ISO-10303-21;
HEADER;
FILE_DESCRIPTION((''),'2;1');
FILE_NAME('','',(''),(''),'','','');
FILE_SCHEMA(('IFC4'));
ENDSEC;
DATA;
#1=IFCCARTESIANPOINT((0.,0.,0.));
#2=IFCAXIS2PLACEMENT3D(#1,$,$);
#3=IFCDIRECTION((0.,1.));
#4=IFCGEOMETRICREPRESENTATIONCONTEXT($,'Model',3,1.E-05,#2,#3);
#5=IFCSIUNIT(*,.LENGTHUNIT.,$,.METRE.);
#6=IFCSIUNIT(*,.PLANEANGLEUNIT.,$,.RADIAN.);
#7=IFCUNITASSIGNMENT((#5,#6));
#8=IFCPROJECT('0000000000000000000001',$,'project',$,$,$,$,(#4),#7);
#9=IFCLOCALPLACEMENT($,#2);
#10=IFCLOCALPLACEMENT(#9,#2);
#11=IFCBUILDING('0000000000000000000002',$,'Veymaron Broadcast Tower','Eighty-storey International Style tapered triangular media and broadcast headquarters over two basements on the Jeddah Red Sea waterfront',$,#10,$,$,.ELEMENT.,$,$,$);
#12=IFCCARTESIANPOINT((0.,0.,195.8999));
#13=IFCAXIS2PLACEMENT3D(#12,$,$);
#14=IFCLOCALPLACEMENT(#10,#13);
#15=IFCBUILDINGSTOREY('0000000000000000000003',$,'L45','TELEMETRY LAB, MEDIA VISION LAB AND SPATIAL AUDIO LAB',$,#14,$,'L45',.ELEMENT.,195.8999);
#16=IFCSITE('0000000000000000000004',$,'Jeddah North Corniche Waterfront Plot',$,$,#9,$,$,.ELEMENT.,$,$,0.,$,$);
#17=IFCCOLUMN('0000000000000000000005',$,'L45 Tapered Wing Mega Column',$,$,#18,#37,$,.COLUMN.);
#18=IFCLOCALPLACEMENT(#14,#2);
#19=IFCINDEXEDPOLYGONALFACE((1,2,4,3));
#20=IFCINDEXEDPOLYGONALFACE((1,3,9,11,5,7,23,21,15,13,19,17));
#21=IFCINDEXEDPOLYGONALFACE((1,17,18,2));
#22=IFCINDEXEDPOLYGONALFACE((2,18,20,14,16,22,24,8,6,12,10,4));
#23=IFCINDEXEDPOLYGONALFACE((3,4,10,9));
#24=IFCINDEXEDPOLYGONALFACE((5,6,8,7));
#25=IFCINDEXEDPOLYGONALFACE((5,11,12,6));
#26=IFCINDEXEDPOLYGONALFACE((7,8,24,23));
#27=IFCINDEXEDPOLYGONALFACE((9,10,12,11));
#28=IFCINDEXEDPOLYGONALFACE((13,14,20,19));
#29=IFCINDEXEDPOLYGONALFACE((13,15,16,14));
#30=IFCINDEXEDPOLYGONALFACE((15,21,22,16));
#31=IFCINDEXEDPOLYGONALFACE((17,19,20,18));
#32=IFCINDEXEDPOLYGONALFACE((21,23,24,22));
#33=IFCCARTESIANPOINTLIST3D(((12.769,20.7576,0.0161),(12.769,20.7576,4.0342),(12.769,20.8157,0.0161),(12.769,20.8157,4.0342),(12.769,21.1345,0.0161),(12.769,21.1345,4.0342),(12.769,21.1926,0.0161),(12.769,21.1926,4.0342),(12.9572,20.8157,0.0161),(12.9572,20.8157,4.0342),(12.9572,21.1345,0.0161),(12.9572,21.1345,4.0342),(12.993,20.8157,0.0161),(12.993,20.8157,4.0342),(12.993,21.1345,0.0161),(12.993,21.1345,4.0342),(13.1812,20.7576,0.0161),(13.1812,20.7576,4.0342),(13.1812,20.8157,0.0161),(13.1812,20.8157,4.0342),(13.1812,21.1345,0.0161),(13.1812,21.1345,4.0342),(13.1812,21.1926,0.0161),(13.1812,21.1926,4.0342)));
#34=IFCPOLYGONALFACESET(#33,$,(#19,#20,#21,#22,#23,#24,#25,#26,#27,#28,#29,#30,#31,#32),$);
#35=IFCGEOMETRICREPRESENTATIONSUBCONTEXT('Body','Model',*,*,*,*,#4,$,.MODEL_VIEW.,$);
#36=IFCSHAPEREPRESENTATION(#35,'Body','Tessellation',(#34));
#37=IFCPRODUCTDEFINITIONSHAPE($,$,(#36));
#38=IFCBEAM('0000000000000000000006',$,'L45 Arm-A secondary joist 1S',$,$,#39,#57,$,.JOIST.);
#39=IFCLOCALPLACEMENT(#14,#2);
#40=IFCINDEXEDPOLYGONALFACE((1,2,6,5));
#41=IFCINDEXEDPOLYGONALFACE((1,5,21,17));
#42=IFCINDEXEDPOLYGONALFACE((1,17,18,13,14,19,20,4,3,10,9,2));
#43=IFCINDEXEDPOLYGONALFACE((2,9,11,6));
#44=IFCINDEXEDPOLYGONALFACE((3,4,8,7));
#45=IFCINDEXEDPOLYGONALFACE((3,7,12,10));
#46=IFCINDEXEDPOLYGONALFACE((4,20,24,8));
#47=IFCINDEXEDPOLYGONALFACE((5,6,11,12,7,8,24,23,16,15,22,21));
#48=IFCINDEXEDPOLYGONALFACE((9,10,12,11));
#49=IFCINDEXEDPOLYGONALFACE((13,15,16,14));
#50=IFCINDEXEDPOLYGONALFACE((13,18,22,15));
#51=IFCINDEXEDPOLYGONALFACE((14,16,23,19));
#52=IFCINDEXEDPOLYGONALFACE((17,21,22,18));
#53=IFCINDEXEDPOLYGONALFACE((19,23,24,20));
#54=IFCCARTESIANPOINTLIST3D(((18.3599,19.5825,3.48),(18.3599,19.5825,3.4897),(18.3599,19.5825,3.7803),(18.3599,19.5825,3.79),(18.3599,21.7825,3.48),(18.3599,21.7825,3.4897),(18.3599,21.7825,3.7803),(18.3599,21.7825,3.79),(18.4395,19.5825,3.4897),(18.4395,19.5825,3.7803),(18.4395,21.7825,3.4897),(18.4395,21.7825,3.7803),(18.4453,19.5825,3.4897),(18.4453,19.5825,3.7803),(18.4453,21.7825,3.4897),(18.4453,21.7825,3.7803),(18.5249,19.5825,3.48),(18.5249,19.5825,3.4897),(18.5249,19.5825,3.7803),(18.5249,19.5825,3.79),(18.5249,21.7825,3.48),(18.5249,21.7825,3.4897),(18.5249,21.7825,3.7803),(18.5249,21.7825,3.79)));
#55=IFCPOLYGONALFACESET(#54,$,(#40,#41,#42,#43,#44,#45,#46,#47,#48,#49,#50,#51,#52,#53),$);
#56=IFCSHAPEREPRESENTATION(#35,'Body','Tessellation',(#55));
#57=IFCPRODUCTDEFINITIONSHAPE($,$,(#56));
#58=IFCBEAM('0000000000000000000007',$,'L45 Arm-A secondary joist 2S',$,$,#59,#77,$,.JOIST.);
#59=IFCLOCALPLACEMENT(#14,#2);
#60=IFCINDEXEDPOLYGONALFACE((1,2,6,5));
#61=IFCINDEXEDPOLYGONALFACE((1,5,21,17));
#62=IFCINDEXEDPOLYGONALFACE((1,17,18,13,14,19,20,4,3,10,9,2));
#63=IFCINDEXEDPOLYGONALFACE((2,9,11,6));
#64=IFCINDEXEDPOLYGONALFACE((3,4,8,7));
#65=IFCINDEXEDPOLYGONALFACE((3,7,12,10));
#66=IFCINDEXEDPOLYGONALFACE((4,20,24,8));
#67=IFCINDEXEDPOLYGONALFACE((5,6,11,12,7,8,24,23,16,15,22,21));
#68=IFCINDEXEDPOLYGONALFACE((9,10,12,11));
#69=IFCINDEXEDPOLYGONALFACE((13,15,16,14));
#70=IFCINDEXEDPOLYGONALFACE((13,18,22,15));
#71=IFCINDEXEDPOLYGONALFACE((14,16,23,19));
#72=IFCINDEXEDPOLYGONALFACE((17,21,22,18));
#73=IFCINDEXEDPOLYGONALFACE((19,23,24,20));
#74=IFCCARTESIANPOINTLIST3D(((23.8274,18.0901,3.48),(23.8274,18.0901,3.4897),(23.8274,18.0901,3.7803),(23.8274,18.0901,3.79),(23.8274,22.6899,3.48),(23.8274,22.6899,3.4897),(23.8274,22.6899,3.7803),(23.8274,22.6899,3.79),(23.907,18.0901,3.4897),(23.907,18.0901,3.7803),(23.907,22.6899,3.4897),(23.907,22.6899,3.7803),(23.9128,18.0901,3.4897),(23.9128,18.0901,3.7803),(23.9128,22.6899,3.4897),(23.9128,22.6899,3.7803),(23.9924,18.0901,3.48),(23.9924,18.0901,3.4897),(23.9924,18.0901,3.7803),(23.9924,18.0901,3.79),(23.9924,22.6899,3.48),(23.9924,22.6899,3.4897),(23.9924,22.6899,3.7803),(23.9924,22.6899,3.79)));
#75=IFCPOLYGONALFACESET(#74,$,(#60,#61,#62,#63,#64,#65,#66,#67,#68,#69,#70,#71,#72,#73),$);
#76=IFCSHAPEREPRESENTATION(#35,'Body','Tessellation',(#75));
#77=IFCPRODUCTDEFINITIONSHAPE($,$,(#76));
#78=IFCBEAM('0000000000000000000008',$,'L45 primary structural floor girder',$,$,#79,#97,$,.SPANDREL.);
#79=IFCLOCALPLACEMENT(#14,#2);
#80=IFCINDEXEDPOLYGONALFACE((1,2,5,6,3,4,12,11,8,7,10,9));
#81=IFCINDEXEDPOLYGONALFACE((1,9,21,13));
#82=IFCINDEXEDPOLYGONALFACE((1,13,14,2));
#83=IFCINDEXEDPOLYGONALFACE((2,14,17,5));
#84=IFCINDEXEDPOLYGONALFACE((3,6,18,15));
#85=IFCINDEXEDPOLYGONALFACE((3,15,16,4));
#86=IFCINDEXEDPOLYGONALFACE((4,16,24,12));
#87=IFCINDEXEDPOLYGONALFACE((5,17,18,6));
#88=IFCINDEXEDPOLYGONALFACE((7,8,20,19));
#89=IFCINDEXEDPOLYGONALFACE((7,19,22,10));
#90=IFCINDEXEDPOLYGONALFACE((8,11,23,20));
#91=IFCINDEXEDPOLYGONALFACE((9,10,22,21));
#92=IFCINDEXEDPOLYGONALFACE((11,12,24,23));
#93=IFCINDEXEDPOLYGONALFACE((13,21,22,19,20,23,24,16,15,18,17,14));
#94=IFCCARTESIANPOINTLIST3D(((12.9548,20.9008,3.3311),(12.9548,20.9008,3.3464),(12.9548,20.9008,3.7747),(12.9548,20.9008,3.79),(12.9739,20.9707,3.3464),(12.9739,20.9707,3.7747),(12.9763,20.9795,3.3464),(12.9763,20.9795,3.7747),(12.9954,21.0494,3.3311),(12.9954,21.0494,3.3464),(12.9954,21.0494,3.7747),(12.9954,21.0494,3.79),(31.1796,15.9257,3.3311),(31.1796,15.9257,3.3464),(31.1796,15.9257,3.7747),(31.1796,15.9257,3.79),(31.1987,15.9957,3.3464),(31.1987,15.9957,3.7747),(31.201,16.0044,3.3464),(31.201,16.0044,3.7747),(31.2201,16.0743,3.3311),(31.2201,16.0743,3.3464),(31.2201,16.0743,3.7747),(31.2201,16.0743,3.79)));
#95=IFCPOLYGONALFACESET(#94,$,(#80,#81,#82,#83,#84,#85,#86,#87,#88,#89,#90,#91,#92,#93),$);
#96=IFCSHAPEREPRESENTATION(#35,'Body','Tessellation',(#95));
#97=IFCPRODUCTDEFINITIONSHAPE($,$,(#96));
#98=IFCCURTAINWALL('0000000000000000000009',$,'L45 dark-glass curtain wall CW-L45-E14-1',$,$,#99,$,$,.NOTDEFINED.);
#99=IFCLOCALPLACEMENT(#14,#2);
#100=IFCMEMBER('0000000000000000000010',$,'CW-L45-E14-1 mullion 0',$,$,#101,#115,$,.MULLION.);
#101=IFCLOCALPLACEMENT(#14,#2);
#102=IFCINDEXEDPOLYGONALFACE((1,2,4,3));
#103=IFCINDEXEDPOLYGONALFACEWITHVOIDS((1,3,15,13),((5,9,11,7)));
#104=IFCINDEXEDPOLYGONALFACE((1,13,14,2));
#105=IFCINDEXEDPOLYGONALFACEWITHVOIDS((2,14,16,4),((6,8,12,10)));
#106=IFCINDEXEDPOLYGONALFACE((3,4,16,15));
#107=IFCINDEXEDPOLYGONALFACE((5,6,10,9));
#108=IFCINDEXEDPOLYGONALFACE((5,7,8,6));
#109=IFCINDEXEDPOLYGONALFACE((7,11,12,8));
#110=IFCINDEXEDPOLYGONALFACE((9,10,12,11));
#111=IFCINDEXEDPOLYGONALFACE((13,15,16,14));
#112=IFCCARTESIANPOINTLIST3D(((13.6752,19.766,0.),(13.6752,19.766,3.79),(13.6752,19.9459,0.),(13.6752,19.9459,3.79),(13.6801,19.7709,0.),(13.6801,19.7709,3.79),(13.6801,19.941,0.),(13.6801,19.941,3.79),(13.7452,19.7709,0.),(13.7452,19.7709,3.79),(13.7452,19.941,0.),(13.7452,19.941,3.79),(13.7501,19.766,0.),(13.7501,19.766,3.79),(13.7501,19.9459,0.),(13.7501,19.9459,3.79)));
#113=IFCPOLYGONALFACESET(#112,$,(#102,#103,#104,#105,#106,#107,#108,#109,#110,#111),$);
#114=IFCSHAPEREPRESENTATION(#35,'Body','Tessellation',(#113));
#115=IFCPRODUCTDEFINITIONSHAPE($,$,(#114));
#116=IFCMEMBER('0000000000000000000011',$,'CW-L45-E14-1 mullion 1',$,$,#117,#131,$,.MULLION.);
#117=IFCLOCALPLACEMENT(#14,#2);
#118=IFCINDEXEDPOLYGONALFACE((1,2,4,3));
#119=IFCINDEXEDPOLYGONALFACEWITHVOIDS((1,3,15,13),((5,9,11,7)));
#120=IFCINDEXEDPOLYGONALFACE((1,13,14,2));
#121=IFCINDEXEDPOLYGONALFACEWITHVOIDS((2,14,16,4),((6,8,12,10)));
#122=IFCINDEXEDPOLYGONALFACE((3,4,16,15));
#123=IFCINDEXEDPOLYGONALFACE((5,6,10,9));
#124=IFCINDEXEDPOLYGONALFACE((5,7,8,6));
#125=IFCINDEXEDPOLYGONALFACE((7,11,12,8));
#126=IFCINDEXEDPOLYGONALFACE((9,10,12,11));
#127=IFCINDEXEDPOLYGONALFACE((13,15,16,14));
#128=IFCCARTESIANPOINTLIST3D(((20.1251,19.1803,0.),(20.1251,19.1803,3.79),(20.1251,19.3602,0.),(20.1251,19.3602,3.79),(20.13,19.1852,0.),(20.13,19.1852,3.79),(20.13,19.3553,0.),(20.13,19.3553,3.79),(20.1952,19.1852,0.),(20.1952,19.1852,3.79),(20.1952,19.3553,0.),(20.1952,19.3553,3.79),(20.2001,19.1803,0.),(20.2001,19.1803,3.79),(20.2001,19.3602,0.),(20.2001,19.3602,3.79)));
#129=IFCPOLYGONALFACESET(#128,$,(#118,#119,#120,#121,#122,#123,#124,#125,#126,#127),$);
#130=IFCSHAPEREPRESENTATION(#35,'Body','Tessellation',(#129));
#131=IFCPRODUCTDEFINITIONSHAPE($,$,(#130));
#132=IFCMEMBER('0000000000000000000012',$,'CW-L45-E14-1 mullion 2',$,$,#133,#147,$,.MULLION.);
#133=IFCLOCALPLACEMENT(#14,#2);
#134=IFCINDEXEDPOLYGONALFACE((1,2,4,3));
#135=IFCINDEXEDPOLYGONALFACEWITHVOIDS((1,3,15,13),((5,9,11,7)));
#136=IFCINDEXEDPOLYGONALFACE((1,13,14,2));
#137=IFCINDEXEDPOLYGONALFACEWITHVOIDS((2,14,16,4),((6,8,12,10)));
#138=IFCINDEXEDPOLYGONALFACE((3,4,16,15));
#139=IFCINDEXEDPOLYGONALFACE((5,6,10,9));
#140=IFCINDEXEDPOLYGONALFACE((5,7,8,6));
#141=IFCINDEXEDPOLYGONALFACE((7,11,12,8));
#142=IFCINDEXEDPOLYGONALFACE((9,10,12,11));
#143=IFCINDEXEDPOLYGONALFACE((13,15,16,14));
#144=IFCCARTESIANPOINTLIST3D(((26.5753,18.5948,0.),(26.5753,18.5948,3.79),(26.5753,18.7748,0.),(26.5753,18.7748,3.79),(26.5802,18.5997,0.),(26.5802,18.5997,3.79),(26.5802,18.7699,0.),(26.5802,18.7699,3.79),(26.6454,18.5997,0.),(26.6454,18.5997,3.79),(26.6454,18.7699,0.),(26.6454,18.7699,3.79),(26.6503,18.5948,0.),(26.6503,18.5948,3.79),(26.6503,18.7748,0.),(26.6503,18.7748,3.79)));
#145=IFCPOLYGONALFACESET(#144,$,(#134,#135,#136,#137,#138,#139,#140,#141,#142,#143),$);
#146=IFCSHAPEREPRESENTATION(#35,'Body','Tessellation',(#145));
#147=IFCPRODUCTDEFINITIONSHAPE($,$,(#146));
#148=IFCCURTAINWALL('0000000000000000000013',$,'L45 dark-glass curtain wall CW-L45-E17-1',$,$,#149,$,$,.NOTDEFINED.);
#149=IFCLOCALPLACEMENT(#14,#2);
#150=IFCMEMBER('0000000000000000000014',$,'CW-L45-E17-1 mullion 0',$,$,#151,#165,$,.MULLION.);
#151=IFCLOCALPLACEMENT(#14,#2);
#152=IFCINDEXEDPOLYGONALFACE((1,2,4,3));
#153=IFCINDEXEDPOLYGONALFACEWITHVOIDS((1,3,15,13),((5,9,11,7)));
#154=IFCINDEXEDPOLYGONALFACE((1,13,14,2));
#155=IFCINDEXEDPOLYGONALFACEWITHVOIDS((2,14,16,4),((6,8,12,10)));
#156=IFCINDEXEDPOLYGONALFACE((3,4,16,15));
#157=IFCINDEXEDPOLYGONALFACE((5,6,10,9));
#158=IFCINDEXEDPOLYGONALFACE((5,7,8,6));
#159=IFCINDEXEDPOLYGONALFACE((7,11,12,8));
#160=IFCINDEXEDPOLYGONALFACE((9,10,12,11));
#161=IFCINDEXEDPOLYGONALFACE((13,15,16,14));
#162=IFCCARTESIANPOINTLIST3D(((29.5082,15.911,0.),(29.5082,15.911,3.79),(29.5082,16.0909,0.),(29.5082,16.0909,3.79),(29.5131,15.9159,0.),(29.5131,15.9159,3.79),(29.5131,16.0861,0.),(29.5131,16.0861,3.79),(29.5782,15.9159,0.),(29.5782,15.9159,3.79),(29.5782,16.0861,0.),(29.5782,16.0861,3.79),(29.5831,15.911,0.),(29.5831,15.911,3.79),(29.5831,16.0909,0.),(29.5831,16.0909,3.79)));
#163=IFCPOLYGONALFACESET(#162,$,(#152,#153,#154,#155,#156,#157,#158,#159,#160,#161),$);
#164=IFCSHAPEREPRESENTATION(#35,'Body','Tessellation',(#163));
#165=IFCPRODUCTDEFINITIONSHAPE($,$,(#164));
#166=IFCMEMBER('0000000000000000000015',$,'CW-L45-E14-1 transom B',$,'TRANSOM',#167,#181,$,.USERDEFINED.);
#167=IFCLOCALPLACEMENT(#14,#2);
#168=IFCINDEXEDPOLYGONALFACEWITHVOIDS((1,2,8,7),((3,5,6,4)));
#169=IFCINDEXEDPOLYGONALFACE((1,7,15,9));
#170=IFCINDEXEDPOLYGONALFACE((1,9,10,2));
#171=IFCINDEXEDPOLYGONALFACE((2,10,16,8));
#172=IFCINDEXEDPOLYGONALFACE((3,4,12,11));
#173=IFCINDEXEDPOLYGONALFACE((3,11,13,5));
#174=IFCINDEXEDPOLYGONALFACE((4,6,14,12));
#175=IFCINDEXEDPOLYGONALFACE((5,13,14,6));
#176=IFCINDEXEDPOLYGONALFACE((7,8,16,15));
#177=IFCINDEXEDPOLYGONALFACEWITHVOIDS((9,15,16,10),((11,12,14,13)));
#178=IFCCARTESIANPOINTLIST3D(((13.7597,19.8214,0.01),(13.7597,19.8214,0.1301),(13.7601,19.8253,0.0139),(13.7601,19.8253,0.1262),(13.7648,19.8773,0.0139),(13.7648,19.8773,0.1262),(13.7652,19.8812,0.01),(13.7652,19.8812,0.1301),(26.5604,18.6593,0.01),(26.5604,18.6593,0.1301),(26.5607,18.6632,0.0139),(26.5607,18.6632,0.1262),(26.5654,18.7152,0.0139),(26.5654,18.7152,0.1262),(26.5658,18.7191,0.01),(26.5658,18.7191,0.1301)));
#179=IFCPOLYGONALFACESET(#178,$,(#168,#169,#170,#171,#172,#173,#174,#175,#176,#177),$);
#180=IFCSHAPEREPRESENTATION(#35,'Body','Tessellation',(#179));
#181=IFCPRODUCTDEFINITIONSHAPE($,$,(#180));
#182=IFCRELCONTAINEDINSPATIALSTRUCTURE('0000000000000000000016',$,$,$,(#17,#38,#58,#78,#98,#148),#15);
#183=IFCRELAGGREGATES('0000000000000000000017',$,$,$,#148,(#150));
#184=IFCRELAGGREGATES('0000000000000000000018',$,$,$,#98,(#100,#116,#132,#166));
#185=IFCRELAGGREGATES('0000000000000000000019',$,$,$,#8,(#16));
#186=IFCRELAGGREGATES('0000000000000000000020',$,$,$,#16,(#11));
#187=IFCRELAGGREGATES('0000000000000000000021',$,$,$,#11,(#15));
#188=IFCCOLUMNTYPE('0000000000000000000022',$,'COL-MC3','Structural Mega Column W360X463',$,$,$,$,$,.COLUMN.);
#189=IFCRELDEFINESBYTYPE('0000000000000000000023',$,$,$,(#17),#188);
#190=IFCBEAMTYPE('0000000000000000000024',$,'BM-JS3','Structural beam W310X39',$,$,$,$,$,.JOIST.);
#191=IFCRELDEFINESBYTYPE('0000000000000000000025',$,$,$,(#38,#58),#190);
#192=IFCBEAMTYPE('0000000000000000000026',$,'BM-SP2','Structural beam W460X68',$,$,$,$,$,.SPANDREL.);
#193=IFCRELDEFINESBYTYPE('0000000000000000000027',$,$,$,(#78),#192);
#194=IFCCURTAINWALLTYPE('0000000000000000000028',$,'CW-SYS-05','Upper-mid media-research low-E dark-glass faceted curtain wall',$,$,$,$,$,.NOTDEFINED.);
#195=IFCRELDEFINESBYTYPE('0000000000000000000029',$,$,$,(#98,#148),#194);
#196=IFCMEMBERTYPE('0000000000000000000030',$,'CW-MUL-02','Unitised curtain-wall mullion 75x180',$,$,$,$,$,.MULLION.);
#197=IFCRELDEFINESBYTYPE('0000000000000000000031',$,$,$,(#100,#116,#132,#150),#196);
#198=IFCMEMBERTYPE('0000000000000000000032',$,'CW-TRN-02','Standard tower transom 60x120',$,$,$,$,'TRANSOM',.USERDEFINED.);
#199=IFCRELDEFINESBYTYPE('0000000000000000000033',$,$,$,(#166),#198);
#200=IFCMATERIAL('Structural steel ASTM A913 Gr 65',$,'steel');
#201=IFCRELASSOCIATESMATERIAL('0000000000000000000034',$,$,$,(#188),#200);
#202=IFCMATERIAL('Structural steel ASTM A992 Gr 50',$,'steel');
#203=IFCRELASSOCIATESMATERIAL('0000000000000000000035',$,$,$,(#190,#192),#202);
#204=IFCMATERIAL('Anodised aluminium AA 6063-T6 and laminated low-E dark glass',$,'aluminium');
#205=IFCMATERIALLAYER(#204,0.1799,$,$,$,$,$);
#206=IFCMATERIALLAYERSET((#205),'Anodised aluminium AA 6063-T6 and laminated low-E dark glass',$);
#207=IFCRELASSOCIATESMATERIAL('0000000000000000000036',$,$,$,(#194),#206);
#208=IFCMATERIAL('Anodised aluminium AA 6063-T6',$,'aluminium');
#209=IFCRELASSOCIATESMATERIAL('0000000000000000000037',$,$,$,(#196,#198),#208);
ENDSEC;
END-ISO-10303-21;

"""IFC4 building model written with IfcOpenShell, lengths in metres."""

from ifc_helpers import new_model, si_unit, direction, frame, origin, origin_2d, place, context, subcontext, project, spatial, hollow_rectangle, i_section, extrude, material, layer, layer_set, material_profile, profile_set, type_object, element, aggregate, save


model = new_model("IFC4")

# Units and contexts
model_context = context("Model", 3, precision=1e-05, world=origin(), true_north=direction((0.0, 1.0)))
body_context = subcontext(model_context, "Body", "Model", "MODEL_VIEW")
ifc_project = project(units=[si_unit("LENGTHUNIT", "METRE"), si_unit("PLANEANGLEUNIT", "RADIAN")], contexts=[model_context])

# Site, building, storey
site_placement = place(None, origin())
site = spatial("IfcSite", under=ifc_project, at=site_placement, Name="Jeddah North Corniche Waterfront Plot", CompositionType="ELEMENT", RefElevation=0.0)
building_placement = place(site_placement, origin())
building = spatial("IfcBuilding", under=site, at=building_placement, Name="Veymaron Broadcast Tower", Description="Eighty-storey International Style tapered triangular media and broadcast headquarters over two basements on the Jeddah Red Sea waterfront", CompositionType="ELEMENT")
storey_placement = place(building_placement, frame((0.0, 0.0, 195.8999)))
storey = spatial("IfcBuildingStorey", under=building, at=storey_placement, Name="L45", Description="TELEMETRY LAB, MEDIA VISION LAB AND SPATIAL AUDIO LAB", LongName="L45", CompositionType="ELEMENT", Elevation=195.8999)

# Column
ifc_material_1 = material(Name="Structural steel ASTM A913 Gr 65", Category="steel")
ifc_material_profile_1 = material_profile(ifc_material_1, i_section(OverallWidth=0.4121, OverallDepth=0.4351, WebThickness=0.0359, FlangeThickness=0.0581, at=origin_2d()), Name="W360X463")
ifc_profile_set_1 = profile_set([ifc_material_profile_1], Name="Structural steel ASTM A913 Gr 65")
column_type = type_object("IfcColumnType", Name="COL-MC3", Description="Structural Mega Column W360X463", PredefinedType="COLUMN", material=ifc_profile_set_1)
column_placement = place(storey_placement, frame((12.9751, 20.9751, 0.0161), z_axis=(0.0, 0.0, 1.0), x_axis=(1.0, 0.0, 0.0)))
element("IfcColumn", 1, at=column_placement, inside=storey, type_object=column_type, Name="L45 Tapered Wing Mega Column", PredefinedType="COLUMN", context=body_context, shape_type="SweptSolid", body=[
    extrude(i_section(OverallWidth=0.4121, OverallDepth=0.4351, WebThickness=0.0359, FlangeThickness=0.0581, at=origin_2d()), origin(), (0.0, 0.0, 1.0), 4.0181),
])

# Beams
ifc_material_2 = material(Name="Structural steel ASTM A992 Gr 50", Category="steel")
ifc_material_profile_2 = material_profile(ifc_material_2, i_section(OverallWidth=0.165, OverallDepth=0.3101, WebThickness=0.0059, FlangeThickness=0.0098, at=origin_2d()), Name="W310X39")
ifc_profile_set_2 = profile_set([ifc_material_profile_2], Name="Structural steel ASTM A992 Gr 50")
beam_type_1 = type_object("IfcBeamType", Name="BM-JS3", Description="Structural beam W310X39", PredefinedType="JOIST", material=ifc_profile_set_2)
beam_1_placement = place(storey_placement, frame((18.4424, 19.5825, 3.635), z_axis=(0.0, 1.0, 0.0), x_axis=(-1.0, 0.0, 0.0)))
element("IfcBeam", 2, at=beam_1_placement, inside=storey, type_object=beam_type_1, Name="L45 Arm-A secondary joist 1S", PredefinedType="JOIST", context=body_context, shape_type="SweptSolid", body=[
    extrude(i_section(OverallWidth=0.165, OverallDepth=0.3101, WebThickness=0.0059, FlangeThickness=0.0098, at=origin_2d()), origin(), (0.0, 0.0, 1.0), 2.2),
])
beam_2_placement = place(storey_placement, frame((23.9099, 18.0901, 3.635), z_axis=(0.0, 1.0, 0.0), x_axis=(-1.0, 0.0, 0.0)))
element("IfcBeam", 3, at=beam_2_placement, inside=storey, type_object=beam_type_1, Name="L45 Arm-A secondary joist 2S", PredefinedType="JOIST", context=body_context, shape_type="SweptSolid", body=[
    extrude(i_section(OverallWidth=0.165, OverallDepth=0.3101, WebThickness=0.0059, FlangeThickness=0.0098, at=origin_2d()), origin(), (0.0, 0.0, 1.0), 4.5999),
])
ifc_material_profile_3 = material_profile(ifc_material_2, i_section(OverallWidth=0.1541, OverallDepth=0.459, WebThickness=0.009, FlangeThickness=0.0154, at=origin_2d()), Name="W460X68")
ifc_profile_set_3 = profile_set([ifc_material_profile_3], Name="Structural steel ASTM A992 Gr 50")
beam_type_2 = type_object("IfcBeamType", Name="BM-SP2", Description="Structural beam W460X68", PredefinedType="SPANDREL", material=ifc_profile_set_3)
beam_3_placement = place(storey_placement, frame((12.9751, 20.9751, 3.5605), z_axis=(0.964701, -0.263348, 0.0), x_axis=(0.263348, 0.964701, 0.0)))
element("IfcBeam", 4, at=beam_3_placement, inside=storey, type_object=beam_type_2, Name="L45 primary structural floor girder", PredefinedType="SPANDREL", context=body_context, shape_type="SweptSolid", body=[
    extrude(i_section(OverallWidth=0.1541, OverallDepth=0.459, WebThickness=0.009, FlangeThickness=0.0154, at=origin_2d()), origin(), (0.0, 0.0, 1.0), 18.8916),
])

# Curtain wall, members
ifc_material_3 = material(Name="Anodised aluminium AA 6063-T6 and laminated low-E dark glass", Category="aluminium")
ifc_layer_1 = layer(ifc_material_3, 0.1799)
ifc_layer_set_1 = layer_set([ifc_layer_1], Name="Anodised aluminium AA 6063-T6 and laminated low-E dark glass")
curtain_wall_type = type_object("IfcCurtainWallType", Name="CW-SYS-05", Description="Upper-mid media-research low-E dark-glass faceted curtain wall", PredefinedType="NOTDEFINED", material=ifc_layer_set_1)
curtain_wall_1_placement = place(storey_placement, origin())
curtain_wall_1 = element("IfcCurtainWall", 5, at=curtain_wall_1_placement, inside=storey, type_object=curtain_wall_type, Name="L45 dark-glass curtain wall CW-L45-E14-1", PredefinedType="NOTDEFINED")
ifc_material_4 = material(Name="Anodised aluminium AA 6063-T6", Category="aluminium")
ifc_material_profile_4 = material_profile(ifc_material_4, hollow_rectangle(XDim=0.075, YDim=0.1799, WallThickness=0.0049, at=origin_2d()), Name="AL180X75X5")
ifc_profile_set_4 = profile_set([ifc_material_profile_4], Name="Anodised aluminium AA 6063-T6")
member_type_1 = type_object("IfcMemberType", Name="CW-MUL-02", Description="Unitised curtain-wall mullion 75x180", PredefinedType="MULLION", material=ifc_profile_set_4)
member_1_placement = place(storey_placement, frame((13.7126, 19.856, 0.0), z_axis=(0.0, 0.0, 1.0), x_axis=(1.0, 0.0, 0.0)))
member_1 = element("IfcMember", 6, at=member_1_placement, type_object=member_type_1, Name="CW-L45-E14-1 mullion 0", PredefinedType="MULLION", context=body_context, shape_type="SweptSolid", body=[
    extrude(hollow_rectangle(XDim=0.075, YDim=0.1799, WallThickness=0.0049, at=origin_2d()), origin(), (0.0, 0.0, 1.0), 3.79),
])
member_2_placement = place(storey_placement, frame((20.1626, 19.2703, 0.0), z_axis=(0.0, 0.0, 1.0), x_axis=(1.0, 0.0, 0.0)))
member_2 = element("IfcMember", 7, at=member_2_placement, type_object=member_type_1, Name="CW-L45-E14-1 mullion 1", PredefinedType="MULLION", context=body_context, shape_type="SweptSolid", body=[
    extrude(hollow_rectangle(XDim=0.075, YDim=0.1799, WallThickness=0.0049, at=origin_2d()), origin(), (0.0, 0.0, 1.0), 3.79),
])
member_3_placement = place(storey_placement, frame((26.6128, 18.6848, 0.0), z_axis=(0.0, 0.0, 1.0), x_axis=(1.0, 0.0, 0.0)))
member_3 = element("IfcMember", 8, at=member_3_placement, type_object=member_type_1, Name="CW-L45-E14-1 mullion 2", PredefinedType="MULLION", context=body_context, shape_type="SweptSolid", body=[
    extrude(hollow_rectangle(XDim=0.075, YDim=0.1799, WallThickness=0.0049, at=origin_2d()), origin(), (0.0, 0.0, 1.0), 3.79),
])

# Curtain wall, member
curtain_wall_2_placement = place(storey_placement, origin())
curtain_wall_2 = element("IfcCurtainWall", 9, at=curtain_wall_2_placement, inside=storey, type_object=curtain_wall_type, Name="L45 dark-glass curtain wall CW-L45-E17-1", PredefinedType="NOTDEFINED")
member_4_placement = place(storey_placement, frame((29.5457, 16.001, 0.0), z_axis=(0.0, 0.0, 1.0), x_axis=(1.0, 0.0, 0.0)))
member_4 = element("IfcMember", 10, at=member_4_placement, type_object=member_type_1, Name="CW-L45-E17-1 mullion 0", PredefinedType="MULLION", context=body_context, shape_type="SweptSolid", body=[
    extrude(hollow_rectangle(XDim=0.075, YDim=0.1799, WallThickness=0.0049, at=origin_2d()), origin(), (0.0, 0.0, 1.0), 3.79),
])

# Member
ifc_material_profile_5 = material_profile(ifc_material_4, hollow_rectangle(XDim=0.0601, YDim=0.1201, WallThickness=0.0039, at=origin_2d()), Name="AL120X60X4")
ifc_profile_set_5 = profile_set([ifc_material_profile_5], Name="Anodised aluminium AA 6063-T6")
member_type_2 = type_object("IfcMemberType", Name="CW-TRN-02", Description="Standard tower transom 60x120", ElementType="TRANSOM", PredefinedType="USERDEFINED", material=ifc_profile_set_5)
member_5_placement = place(storey_placement, frame((13.7625, 19.8513, 0.0701), z_axis=(0.995904, -0.090414, 0.0), x_axis=(0.090414, 0.995904, 0.0)))
member_5 = element("IfcMember", 11, at=member_5_placement, type_object=member_type_2, Name="CW-L45-E14-1 transom B", ObjectType="TRANSOM", PredefinedType="USERDEFINED", context=body_context, shape_type="SweptSolid", body=[
    extrude(hollow_rectangle(XDim=0.0601, YDim=0.1201, WallThickness=0.0039, at=origin_2d()), origin(), (0.0, 0.0, 1.0), 12.8533),
])
aggregate(curtain_wall_2, [member_4])

aggregate(curtain_wall_1, [member_1, member_2, member_3, member_5])

save(model, "model.ifc")
